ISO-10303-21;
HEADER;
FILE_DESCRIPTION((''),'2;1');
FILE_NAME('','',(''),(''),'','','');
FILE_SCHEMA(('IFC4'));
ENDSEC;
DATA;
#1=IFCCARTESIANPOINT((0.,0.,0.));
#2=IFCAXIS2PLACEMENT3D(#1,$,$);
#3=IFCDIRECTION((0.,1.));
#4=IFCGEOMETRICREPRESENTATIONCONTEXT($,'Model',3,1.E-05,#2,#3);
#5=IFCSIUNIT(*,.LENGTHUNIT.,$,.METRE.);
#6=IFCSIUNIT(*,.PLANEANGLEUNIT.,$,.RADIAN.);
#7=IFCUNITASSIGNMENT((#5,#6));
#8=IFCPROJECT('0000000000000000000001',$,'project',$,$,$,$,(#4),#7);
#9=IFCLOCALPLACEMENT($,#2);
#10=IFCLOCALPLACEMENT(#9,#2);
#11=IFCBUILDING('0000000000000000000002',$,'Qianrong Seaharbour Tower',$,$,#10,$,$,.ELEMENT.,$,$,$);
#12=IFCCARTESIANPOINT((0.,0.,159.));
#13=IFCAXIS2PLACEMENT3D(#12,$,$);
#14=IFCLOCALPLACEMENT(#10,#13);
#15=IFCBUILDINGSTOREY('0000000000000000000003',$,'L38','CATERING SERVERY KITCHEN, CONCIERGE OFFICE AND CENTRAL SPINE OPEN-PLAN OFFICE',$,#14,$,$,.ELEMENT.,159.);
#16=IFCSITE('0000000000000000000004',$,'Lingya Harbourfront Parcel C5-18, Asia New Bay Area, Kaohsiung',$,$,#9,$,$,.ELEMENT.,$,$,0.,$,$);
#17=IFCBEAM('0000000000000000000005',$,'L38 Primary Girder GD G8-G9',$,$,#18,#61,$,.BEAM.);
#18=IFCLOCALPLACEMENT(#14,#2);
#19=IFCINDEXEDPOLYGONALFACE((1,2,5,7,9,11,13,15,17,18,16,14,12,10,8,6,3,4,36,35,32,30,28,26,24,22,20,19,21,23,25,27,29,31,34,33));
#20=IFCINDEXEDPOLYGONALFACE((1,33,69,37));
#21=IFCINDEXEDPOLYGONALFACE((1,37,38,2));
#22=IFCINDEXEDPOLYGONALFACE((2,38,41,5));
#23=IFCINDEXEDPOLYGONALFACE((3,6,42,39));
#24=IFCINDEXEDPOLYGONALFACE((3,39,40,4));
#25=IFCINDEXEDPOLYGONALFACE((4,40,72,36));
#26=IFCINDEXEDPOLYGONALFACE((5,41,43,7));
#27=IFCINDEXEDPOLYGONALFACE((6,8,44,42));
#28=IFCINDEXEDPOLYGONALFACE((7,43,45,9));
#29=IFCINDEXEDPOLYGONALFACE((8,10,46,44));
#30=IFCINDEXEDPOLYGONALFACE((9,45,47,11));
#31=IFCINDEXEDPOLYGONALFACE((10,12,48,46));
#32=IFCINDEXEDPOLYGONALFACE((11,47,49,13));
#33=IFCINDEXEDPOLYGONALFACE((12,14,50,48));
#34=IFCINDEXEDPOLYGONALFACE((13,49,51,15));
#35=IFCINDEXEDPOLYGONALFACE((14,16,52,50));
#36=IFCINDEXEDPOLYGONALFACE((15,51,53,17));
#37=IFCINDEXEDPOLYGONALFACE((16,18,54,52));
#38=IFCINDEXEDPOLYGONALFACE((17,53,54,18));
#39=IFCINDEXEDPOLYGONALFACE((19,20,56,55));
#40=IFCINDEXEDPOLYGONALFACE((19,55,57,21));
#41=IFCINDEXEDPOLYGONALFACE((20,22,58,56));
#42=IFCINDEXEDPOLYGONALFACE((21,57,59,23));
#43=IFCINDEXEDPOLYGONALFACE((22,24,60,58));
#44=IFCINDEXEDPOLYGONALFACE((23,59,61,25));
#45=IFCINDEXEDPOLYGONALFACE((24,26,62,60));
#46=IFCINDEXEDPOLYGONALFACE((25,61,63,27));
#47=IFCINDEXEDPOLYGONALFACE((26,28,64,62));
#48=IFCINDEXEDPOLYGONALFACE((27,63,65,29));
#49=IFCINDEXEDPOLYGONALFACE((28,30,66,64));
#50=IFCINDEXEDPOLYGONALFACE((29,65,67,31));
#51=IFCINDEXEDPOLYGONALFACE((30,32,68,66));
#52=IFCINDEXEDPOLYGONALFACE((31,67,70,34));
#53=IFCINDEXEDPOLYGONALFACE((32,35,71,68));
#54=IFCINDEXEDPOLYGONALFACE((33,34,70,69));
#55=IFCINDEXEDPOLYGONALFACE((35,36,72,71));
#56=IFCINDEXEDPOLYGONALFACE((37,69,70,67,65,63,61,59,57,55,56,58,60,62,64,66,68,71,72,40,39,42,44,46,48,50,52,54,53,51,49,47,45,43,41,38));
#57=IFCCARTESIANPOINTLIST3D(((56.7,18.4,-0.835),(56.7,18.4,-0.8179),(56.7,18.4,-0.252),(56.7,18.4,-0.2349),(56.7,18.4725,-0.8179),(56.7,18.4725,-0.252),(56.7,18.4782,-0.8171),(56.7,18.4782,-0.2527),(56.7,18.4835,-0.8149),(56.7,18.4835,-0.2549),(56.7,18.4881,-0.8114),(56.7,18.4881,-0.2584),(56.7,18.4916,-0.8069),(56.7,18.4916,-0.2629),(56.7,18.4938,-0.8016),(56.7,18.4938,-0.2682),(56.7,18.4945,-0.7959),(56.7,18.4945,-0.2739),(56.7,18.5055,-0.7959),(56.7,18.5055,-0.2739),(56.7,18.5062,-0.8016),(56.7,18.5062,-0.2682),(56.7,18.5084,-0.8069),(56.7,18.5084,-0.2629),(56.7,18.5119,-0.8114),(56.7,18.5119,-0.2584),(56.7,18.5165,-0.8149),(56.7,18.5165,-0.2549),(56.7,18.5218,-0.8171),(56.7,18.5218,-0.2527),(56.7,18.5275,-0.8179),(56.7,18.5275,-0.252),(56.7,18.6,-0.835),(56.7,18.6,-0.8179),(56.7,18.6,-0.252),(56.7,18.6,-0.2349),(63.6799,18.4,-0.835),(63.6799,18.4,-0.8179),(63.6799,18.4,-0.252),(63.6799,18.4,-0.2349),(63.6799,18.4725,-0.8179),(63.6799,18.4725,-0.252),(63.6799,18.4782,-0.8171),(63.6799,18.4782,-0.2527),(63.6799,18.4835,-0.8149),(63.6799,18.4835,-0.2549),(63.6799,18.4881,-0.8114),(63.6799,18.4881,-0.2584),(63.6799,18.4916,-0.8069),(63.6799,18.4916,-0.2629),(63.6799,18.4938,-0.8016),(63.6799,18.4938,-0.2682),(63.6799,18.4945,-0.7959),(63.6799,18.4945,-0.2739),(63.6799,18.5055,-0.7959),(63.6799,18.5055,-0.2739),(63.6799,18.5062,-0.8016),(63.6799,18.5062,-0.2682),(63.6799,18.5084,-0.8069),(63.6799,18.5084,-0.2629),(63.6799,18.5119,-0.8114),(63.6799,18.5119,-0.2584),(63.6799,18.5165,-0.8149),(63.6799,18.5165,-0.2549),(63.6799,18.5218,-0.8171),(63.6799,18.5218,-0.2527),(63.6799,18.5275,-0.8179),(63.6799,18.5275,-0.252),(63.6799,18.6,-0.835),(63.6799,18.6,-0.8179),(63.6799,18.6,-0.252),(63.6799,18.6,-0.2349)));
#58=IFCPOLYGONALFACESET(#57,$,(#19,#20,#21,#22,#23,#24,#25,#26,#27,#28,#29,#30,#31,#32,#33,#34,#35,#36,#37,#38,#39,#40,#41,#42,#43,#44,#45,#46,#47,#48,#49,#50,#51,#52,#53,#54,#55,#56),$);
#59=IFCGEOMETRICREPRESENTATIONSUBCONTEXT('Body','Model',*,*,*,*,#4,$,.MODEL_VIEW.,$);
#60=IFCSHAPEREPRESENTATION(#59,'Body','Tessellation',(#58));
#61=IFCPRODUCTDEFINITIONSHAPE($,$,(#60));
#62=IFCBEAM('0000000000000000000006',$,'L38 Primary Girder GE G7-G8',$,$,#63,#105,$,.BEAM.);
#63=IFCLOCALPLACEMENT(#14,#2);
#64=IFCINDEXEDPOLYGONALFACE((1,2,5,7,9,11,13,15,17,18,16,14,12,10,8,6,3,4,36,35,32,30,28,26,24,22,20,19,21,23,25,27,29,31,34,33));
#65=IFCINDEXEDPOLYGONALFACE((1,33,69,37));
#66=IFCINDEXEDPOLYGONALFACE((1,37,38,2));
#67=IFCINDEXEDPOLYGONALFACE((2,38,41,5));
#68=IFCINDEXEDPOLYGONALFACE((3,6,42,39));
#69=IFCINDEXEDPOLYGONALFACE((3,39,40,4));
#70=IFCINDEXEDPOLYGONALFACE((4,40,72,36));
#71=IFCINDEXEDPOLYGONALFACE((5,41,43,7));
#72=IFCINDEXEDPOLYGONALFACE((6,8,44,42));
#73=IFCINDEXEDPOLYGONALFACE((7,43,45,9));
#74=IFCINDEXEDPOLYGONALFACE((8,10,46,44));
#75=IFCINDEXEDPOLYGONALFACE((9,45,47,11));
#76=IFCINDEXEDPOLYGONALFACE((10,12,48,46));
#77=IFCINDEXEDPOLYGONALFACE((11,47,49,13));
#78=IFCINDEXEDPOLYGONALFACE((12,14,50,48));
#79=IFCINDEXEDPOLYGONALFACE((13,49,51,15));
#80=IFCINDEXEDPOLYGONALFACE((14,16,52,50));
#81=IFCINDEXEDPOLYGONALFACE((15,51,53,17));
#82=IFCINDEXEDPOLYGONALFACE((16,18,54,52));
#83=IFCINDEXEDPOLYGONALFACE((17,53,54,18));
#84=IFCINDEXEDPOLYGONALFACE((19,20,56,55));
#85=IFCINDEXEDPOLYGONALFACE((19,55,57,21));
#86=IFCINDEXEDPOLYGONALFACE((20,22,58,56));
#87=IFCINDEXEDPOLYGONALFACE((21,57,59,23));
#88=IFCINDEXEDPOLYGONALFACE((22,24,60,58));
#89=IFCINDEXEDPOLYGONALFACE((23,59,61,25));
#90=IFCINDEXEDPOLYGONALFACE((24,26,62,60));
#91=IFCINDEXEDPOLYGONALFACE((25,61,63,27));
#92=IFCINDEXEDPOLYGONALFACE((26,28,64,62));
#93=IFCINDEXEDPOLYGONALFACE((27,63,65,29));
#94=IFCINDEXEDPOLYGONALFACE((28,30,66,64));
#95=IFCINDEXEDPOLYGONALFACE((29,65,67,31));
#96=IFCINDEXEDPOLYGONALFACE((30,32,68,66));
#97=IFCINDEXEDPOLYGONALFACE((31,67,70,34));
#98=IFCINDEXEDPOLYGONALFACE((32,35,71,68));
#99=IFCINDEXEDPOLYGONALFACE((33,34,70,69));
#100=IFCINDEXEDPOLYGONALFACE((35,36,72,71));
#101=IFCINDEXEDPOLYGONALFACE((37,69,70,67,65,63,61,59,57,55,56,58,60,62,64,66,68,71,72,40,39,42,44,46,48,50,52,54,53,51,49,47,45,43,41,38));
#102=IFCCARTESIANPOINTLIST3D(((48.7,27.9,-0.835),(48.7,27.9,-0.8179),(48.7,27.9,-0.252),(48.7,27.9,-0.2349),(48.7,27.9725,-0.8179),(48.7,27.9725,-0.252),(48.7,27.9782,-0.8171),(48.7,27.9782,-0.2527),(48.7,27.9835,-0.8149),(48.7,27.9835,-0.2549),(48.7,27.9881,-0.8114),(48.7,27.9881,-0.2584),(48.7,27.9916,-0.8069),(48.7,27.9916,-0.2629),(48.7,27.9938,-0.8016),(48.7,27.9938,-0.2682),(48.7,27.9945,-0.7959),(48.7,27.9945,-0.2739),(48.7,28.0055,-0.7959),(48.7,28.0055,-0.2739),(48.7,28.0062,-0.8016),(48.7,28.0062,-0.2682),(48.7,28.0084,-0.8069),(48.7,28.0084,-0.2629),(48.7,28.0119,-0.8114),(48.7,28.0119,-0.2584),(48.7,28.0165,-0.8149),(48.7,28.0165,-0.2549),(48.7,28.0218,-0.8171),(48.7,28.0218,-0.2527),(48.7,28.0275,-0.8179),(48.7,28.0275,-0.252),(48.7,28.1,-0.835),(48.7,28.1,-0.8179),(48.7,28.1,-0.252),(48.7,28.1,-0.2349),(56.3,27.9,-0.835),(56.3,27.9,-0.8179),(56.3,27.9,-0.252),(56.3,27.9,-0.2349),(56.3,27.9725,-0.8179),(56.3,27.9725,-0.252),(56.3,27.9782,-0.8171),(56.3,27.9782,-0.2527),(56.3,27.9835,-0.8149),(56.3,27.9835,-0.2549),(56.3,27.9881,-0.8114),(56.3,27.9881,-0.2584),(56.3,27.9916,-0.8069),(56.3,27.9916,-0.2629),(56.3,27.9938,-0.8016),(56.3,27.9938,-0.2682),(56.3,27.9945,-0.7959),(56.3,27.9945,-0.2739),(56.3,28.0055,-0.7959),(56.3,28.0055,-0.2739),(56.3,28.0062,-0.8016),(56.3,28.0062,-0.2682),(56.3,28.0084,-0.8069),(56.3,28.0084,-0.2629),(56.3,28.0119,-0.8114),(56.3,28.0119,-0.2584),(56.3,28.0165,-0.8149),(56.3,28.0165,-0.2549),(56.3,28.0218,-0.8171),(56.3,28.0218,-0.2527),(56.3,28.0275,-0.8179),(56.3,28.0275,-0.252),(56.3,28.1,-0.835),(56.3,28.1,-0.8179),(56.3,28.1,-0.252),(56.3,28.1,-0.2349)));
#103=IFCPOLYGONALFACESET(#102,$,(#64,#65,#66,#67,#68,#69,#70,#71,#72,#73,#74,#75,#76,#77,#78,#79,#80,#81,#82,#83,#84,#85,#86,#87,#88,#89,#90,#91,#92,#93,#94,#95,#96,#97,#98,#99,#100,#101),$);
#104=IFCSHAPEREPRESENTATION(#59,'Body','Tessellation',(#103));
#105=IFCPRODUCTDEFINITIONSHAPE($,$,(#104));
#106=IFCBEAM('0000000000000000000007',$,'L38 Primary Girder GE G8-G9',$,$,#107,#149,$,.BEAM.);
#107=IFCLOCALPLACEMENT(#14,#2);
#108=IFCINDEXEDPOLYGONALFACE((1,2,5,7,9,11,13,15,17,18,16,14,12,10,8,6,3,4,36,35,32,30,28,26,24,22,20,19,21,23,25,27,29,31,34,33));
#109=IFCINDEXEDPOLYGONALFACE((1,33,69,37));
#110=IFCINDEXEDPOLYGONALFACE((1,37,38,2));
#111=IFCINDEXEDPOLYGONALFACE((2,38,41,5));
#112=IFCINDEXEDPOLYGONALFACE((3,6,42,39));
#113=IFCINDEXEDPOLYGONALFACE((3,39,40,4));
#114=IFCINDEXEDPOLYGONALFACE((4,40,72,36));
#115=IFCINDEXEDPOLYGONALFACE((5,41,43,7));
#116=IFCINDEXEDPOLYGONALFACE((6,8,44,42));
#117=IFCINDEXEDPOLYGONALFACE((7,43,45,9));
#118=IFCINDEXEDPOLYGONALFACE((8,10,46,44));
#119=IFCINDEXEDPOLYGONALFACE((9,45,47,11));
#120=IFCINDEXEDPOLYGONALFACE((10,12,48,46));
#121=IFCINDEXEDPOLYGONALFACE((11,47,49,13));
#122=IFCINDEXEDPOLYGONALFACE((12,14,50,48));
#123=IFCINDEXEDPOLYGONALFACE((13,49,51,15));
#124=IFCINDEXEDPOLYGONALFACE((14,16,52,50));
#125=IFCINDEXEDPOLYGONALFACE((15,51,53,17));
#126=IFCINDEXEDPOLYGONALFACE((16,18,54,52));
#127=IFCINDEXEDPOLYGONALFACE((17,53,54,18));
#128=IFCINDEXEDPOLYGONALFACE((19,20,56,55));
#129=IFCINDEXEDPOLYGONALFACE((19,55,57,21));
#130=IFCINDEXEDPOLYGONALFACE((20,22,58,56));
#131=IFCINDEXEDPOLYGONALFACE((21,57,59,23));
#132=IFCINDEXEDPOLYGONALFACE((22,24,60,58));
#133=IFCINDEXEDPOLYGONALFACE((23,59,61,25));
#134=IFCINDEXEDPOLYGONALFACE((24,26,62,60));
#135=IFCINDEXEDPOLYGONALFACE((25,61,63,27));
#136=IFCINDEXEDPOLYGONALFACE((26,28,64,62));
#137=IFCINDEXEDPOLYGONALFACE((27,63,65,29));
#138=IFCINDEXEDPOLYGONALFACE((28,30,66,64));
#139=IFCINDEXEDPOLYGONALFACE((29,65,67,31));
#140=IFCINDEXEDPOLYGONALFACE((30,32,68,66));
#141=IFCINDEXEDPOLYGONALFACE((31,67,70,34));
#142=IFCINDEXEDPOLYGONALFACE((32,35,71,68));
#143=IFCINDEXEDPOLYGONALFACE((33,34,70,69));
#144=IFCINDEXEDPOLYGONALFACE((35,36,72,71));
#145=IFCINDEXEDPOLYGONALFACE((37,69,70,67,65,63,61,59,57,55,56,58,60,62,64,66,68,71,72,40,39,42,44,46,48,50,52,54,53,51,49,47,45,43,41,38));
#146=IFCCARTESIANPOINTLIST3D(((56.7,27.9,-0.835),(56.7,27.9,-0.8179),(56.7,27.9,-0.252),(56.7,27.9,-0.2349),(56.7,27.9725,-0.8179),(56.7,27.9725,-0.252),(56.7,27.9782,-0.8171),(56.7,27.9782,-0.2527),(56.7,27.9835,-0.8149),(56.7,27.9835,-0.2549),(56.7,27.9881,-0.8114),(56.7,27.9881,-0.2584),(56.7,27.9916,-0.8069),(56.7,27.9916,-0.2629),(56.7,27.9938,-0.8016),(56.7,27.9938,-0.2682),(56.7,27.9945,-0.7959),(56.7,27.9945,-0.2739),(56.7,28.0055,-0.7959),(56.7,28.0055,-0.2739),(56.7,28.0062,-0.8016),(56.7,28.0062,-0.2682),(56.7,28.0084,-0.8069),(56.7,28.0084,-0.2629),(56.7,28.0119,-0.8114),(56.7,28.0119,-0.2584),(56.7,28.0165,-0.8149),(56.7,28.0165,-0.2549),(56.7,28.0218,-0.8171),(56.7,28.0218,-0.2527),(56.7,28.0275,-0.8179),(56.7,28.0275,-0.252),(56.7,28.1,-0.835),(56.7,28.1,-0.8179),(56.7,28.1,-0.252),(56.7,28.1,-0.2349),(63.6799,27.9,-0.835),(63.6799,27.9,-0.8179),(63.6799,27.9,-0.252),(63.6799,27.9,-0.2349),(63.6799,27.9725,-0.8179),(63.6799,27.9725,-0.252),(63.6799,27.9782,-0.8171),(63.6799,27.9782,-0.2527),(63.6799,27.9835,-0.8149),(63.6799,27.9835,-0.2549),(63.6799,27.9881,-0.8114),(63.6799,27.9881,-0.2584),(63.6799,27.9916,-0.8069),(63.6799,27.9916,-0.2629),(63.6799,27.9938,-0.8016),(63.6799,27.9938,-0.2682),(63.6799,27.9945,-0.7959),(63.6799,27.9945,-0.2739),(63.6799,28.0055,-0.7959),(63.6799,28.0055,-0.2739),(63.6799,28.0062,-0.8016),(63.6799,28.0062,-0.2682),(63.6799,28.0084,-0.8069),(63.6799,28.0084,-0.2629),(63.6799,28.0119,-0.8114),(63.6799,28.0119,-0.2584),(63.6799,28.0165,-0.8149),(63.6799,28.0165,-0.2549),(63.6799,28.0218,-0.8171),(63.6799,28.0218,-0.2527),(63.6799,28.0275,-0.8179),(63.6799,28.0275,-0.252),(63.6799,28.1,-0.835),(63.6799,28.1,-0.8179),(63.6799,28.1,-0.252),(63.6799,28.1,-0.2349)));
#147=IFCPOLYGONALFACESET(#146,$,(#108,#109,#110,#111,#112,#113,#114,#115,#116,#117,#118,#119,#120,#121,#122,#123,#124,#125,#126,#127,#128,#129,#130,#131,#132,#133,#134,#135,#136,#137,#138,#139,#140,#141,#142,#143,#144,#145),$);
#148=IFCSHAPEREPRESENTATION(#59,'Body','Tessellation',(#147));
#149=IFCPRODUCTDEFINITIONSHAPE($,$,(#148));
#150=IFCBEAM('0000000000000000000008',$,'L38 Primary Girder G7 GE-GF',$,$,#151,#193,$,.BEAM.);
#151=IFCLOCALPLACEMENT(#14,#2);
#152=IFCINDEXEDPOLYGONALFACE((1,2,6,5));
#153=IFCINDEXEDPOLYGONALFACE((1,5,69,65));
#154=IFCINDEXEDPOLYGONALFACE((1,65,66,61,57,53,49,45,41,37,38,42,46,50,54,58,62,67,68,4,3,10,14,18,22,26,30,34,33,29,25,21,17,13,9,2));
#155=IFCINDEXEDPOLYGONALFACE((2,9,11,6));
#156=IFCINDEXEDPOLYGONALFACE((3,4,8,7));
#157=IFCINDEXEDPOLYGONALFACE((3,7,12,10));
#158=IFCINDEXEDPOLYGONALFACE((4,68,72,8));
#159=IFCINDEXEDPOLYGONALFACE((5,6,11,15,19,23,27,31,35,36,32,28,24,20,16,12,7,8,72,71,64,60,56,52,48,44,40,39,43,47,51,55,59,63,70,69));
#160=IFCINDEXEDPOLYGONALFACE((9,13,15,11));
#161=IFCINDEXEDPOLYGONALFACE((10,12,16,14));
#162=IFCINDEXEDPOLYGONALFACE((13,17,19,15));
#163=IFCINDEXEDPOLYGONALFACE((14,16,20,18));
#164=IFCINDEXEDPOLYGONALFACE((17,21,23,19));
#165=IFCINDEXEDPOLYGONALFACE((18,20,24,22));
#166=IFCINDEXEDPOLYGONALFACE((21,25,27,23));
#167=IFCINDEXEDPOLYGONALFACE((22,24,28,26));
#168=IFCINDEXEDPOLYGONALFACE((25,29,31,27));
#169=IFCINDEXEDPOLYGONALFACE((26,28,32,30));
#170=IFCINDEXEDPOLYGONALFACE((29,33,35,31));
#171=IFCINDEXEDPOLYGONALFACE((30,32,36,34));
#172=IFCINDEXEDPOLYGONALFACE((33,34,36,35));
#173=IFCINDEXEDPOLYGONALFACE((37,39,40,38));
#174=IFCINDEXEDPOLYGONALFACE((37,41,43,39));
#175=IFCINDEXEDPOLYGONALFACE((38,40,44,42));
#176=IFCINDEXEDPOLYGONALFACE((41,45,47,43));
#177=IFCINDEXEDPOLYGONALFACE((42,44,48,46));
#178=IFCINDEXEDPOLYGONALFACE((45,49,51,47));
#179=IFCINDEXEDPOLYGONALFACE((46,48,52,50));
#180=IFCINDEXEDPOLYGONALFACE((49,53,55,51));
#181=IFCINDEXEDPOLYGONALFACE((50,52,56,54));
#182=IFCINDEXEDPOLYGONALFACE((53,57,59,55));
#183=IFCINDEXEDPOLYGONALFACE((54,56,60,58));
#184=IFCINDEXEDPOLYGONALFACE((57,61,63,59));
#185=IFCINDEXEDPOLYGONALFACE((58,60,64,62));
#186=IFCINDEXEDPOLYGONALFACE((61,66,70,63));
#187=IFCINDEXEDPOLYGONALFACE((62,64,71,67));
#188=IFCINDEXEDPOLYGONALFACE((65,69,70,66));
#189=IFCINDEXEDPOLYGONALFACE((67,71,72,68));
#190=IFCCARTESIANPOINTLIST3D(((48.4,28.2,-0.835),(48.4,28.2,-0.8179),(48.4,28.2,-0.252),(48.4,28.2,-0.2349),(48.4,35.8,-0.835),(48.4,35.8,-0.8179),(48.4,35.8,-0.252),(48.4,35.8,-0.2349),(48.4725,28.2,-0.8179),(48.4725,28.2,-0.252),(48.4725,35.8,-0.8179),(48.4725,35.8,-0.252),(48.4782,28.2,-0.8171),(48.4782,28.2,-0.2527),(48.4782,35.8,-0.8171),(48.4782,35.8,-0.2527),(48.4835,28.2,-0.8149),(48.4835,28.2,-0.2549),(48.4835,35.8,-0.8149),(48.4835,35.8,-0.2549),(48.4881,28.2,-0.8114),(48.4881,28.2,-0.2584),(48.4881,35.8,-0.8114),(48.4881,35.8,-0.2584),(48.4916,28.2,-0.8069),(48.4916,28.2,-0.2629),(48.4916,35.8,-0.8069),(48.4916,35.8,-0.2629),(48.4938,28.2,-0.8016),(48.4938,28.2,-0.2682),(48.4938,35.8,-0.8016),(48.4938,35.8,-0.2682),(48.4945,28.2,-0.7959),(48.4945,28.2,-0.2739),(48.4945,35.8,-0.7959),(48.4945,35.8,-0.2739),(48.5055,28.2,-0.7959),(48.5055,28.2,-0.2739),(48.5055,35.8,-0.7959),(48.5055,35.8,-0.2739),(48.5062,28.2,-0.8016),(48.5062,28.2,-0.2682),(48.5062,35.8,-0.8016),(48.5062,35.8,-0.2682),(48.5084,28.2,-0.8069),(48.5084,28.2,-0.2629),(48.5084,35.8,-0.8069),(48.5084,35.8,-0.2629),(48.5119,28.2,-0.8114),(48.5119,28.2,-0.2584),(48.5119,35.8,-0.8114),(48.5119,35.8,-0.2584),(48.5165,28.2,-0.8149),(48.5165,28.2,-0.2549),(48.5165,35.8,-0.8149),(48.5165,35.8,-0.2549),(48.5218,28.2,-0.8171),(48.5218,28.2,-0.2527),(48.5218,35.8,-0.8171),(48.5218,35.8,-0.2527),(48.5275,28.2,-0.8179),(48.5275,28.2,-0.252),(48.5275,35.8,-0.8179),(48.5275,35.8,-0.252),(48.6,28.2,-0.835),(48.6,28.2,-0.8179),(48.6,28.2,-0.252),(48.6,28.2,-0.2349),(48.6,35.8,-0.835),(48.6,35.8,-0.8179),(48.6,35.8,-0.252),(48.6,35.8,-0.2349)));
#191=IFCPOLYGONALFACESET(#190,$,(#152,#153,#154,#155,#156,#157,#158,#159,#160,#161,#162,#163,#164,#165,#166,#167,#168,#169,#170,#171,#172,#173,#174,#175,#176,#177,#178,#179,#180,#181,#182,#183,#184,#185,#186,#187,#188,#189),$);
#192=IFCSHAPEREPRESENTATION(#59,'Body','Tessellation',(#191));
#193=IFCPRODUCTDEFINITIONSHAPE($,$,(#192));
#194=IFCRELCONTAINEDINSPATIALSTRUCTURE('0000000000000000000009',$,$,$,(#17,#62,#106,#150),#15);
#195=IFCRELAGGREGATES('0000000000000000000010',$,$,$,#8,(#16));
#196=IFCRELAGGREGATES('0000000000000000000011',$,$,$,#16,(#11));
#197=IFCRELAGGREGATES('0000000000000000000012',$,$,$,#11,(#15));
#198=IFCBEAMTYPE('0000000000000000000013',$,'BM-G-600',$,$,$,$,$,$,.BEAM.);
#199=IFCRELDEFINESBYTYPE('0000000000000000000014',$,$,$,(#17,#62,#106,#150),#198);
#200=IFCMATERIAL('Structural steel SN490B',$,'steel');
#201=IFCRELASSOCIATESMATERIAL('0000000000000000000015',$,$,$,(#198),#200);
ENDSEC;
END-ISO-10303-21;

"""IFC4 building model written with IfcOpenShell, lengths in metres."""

from ifc_helpers import new_model, si_unit, direction, frame, origin, origin_2d, place, context, subcontext, project, spatial, i_section, extrude, material, material_profile, profile_set, type_object, element, save


model = new_model("IFC4")

# Units and contexts
model_context = context("Model", 3, precision=1e-05, world=origin(), true_north=direction((0.0, 1.0)))
body_context = subcontext(model_context, "Body", "Model", "MODEL_VIEW")
ifc_project = project(units=[si_unit("LENGTHUNIT", "METRE"), si_unit("PLANEANGLEUNIT", "RADIAN")], contexts=[model_context])

# Site, building, storey
site_placement = place(None, origin())
site = spatial("IfcSite", under=ifc_project, at=site_placement, Name="Lingya Harbourfront Parcel C5-18, Asia New Bay Area, Kaohsiung", CompositionType="ELEMENT", RefElevation=0.0)
building_placement = place(site_placement, origin())
building = spatial("IfcBuilding", under=site, at=building_placement, Name="Qianrong Seaharbour Tower", CompositionType="ELEMENT")
storey_placement = place(building_placement, frame((0.0, 0.0, 159.0)))
storey = spatial("IfcBuildingStorey", under=building, at=storey_placement, Name="L38", Description="CATERING SERVERY KITCHEN, CONCIERGE OFFICE AND CENTRAL SPINE OPEN-PLAN OFFICE", CompositionType="ELEMENT", Elevation=159.0)

# Shared definitions
ifc_material_1 = material(Name="Structural steel SN490B", Category="steel")

# Beams
ifc_material_profile_1 = material_profile(ifc_material_1, i_section(OverallWidth=0.2, OverallDepth=0.6001, WebThickness=0.011, FlangeThickness=0.0171, FilletRadius=0.022, at=origin_2d()), Name="H600x200x11x17")
ifc_profile_set_1 = profile_set([ifc_material_profile_1], Name="Structural steel SN490B")
beam_type_1 = type_object("IfcBeamType", Name="BM-G-600", PredefinedType="BEAM", material=ifc_profile_set_1)
beam_1_placement = place(storey_placement, frame((56.7, 18.5, -0.5349), z_axis=(1.0, 0.0, 0.0), x_axis=(0.0, 1.0, 0.0)))
element("IfcBeam", 1, at=beam_1_placement, inside=storey, type_object=beam_type_1, Name="L38 Primary Girder GD G8-G9", PredefinedType="BEAM", context=body_context, shape_type="SweptSolid", body=[
    extrude(i_section(OverallWidth=0.2, OverallDepth=0.6001, WebThickness=0.011, FlangeThickness=0.0171, FilletRadius=0.022, at=origin_2d()), origin(), (0.0, 0.0, 1.0), 6.98),
])
beam_2_placement = place(storey_placement, frame((48.7, 28.0, -0.5349), z_axis=(1.0, 0.0, 0.0), x_axis=(0.0, 1.0, 0.0)))
element("IfcBeam", 2, at=beam_2_placement, inside=storey, type_object=beam_type_1, Name="L38 Primary Girder GE G7-G8", PredefinedType="BEAM", context=body_context, shape_type="SweptSolid", body=[
    extrude(i_section(OverallWidth=0.2, OverallDepth=0.6001, WebThickness=0.011, FlangeThickness=0.0171, FilletRadius=0.022, at=origin_2d()), origin(), (0.0, 0.0, 1.0), 7.6001),
])
beam_3_placement = place(storey_placement, frame((56.7, 28.0, -0.5349), z_axis=(1.0, 0.0, 0.0), x_axis=(0.0, 1.0, 0.0)))
element("IfcBeam", 3, at=beam_3_placement, inside=storey, type_object=beam_type_1, Name="L38 Primary Girder GE G8-G9", PredefinedType="BEAM", context=body_context, shape_type="SweptSolid", body=[
    extrude(i_section(OverallWidth=0.2, OverallDepth=0.6001, WebThickness=0.011, FlangeThickness=0.0171, FilletRadius=0.022, at=origin_2d()), origin(), (0.0, 0.0, 1.0), 6.98),
])
for number, where, z_axis, x_axis, name in (
    (4, (48.5, 28.2, -0.5349), (0.0, 1.0, 0.0), (-1.0, 0.0, 0.0), "L38 Primary Girder G7 GE-GF"),
):
    element("IfcBeam", number, at=place(storey_placement, frame(where, z_axis=z_axis, x_axis=x_axis)), inside=storey, type_object=beam_type_1, Name=name, PredefinedType="BEAM", context=body_context, shape_type="SweptSolid", body=[
        extrude(i_section(OverallWidth=0.2, OverallDepth=0.6001, WebThickness=0.011, FlangeThickness=0.0171, FilletRadius=0.022, at=origin_2d()), origin(), (0.0, 0.0, 1.0), 7.6001),
    ])

save(model, "model.ifc")
